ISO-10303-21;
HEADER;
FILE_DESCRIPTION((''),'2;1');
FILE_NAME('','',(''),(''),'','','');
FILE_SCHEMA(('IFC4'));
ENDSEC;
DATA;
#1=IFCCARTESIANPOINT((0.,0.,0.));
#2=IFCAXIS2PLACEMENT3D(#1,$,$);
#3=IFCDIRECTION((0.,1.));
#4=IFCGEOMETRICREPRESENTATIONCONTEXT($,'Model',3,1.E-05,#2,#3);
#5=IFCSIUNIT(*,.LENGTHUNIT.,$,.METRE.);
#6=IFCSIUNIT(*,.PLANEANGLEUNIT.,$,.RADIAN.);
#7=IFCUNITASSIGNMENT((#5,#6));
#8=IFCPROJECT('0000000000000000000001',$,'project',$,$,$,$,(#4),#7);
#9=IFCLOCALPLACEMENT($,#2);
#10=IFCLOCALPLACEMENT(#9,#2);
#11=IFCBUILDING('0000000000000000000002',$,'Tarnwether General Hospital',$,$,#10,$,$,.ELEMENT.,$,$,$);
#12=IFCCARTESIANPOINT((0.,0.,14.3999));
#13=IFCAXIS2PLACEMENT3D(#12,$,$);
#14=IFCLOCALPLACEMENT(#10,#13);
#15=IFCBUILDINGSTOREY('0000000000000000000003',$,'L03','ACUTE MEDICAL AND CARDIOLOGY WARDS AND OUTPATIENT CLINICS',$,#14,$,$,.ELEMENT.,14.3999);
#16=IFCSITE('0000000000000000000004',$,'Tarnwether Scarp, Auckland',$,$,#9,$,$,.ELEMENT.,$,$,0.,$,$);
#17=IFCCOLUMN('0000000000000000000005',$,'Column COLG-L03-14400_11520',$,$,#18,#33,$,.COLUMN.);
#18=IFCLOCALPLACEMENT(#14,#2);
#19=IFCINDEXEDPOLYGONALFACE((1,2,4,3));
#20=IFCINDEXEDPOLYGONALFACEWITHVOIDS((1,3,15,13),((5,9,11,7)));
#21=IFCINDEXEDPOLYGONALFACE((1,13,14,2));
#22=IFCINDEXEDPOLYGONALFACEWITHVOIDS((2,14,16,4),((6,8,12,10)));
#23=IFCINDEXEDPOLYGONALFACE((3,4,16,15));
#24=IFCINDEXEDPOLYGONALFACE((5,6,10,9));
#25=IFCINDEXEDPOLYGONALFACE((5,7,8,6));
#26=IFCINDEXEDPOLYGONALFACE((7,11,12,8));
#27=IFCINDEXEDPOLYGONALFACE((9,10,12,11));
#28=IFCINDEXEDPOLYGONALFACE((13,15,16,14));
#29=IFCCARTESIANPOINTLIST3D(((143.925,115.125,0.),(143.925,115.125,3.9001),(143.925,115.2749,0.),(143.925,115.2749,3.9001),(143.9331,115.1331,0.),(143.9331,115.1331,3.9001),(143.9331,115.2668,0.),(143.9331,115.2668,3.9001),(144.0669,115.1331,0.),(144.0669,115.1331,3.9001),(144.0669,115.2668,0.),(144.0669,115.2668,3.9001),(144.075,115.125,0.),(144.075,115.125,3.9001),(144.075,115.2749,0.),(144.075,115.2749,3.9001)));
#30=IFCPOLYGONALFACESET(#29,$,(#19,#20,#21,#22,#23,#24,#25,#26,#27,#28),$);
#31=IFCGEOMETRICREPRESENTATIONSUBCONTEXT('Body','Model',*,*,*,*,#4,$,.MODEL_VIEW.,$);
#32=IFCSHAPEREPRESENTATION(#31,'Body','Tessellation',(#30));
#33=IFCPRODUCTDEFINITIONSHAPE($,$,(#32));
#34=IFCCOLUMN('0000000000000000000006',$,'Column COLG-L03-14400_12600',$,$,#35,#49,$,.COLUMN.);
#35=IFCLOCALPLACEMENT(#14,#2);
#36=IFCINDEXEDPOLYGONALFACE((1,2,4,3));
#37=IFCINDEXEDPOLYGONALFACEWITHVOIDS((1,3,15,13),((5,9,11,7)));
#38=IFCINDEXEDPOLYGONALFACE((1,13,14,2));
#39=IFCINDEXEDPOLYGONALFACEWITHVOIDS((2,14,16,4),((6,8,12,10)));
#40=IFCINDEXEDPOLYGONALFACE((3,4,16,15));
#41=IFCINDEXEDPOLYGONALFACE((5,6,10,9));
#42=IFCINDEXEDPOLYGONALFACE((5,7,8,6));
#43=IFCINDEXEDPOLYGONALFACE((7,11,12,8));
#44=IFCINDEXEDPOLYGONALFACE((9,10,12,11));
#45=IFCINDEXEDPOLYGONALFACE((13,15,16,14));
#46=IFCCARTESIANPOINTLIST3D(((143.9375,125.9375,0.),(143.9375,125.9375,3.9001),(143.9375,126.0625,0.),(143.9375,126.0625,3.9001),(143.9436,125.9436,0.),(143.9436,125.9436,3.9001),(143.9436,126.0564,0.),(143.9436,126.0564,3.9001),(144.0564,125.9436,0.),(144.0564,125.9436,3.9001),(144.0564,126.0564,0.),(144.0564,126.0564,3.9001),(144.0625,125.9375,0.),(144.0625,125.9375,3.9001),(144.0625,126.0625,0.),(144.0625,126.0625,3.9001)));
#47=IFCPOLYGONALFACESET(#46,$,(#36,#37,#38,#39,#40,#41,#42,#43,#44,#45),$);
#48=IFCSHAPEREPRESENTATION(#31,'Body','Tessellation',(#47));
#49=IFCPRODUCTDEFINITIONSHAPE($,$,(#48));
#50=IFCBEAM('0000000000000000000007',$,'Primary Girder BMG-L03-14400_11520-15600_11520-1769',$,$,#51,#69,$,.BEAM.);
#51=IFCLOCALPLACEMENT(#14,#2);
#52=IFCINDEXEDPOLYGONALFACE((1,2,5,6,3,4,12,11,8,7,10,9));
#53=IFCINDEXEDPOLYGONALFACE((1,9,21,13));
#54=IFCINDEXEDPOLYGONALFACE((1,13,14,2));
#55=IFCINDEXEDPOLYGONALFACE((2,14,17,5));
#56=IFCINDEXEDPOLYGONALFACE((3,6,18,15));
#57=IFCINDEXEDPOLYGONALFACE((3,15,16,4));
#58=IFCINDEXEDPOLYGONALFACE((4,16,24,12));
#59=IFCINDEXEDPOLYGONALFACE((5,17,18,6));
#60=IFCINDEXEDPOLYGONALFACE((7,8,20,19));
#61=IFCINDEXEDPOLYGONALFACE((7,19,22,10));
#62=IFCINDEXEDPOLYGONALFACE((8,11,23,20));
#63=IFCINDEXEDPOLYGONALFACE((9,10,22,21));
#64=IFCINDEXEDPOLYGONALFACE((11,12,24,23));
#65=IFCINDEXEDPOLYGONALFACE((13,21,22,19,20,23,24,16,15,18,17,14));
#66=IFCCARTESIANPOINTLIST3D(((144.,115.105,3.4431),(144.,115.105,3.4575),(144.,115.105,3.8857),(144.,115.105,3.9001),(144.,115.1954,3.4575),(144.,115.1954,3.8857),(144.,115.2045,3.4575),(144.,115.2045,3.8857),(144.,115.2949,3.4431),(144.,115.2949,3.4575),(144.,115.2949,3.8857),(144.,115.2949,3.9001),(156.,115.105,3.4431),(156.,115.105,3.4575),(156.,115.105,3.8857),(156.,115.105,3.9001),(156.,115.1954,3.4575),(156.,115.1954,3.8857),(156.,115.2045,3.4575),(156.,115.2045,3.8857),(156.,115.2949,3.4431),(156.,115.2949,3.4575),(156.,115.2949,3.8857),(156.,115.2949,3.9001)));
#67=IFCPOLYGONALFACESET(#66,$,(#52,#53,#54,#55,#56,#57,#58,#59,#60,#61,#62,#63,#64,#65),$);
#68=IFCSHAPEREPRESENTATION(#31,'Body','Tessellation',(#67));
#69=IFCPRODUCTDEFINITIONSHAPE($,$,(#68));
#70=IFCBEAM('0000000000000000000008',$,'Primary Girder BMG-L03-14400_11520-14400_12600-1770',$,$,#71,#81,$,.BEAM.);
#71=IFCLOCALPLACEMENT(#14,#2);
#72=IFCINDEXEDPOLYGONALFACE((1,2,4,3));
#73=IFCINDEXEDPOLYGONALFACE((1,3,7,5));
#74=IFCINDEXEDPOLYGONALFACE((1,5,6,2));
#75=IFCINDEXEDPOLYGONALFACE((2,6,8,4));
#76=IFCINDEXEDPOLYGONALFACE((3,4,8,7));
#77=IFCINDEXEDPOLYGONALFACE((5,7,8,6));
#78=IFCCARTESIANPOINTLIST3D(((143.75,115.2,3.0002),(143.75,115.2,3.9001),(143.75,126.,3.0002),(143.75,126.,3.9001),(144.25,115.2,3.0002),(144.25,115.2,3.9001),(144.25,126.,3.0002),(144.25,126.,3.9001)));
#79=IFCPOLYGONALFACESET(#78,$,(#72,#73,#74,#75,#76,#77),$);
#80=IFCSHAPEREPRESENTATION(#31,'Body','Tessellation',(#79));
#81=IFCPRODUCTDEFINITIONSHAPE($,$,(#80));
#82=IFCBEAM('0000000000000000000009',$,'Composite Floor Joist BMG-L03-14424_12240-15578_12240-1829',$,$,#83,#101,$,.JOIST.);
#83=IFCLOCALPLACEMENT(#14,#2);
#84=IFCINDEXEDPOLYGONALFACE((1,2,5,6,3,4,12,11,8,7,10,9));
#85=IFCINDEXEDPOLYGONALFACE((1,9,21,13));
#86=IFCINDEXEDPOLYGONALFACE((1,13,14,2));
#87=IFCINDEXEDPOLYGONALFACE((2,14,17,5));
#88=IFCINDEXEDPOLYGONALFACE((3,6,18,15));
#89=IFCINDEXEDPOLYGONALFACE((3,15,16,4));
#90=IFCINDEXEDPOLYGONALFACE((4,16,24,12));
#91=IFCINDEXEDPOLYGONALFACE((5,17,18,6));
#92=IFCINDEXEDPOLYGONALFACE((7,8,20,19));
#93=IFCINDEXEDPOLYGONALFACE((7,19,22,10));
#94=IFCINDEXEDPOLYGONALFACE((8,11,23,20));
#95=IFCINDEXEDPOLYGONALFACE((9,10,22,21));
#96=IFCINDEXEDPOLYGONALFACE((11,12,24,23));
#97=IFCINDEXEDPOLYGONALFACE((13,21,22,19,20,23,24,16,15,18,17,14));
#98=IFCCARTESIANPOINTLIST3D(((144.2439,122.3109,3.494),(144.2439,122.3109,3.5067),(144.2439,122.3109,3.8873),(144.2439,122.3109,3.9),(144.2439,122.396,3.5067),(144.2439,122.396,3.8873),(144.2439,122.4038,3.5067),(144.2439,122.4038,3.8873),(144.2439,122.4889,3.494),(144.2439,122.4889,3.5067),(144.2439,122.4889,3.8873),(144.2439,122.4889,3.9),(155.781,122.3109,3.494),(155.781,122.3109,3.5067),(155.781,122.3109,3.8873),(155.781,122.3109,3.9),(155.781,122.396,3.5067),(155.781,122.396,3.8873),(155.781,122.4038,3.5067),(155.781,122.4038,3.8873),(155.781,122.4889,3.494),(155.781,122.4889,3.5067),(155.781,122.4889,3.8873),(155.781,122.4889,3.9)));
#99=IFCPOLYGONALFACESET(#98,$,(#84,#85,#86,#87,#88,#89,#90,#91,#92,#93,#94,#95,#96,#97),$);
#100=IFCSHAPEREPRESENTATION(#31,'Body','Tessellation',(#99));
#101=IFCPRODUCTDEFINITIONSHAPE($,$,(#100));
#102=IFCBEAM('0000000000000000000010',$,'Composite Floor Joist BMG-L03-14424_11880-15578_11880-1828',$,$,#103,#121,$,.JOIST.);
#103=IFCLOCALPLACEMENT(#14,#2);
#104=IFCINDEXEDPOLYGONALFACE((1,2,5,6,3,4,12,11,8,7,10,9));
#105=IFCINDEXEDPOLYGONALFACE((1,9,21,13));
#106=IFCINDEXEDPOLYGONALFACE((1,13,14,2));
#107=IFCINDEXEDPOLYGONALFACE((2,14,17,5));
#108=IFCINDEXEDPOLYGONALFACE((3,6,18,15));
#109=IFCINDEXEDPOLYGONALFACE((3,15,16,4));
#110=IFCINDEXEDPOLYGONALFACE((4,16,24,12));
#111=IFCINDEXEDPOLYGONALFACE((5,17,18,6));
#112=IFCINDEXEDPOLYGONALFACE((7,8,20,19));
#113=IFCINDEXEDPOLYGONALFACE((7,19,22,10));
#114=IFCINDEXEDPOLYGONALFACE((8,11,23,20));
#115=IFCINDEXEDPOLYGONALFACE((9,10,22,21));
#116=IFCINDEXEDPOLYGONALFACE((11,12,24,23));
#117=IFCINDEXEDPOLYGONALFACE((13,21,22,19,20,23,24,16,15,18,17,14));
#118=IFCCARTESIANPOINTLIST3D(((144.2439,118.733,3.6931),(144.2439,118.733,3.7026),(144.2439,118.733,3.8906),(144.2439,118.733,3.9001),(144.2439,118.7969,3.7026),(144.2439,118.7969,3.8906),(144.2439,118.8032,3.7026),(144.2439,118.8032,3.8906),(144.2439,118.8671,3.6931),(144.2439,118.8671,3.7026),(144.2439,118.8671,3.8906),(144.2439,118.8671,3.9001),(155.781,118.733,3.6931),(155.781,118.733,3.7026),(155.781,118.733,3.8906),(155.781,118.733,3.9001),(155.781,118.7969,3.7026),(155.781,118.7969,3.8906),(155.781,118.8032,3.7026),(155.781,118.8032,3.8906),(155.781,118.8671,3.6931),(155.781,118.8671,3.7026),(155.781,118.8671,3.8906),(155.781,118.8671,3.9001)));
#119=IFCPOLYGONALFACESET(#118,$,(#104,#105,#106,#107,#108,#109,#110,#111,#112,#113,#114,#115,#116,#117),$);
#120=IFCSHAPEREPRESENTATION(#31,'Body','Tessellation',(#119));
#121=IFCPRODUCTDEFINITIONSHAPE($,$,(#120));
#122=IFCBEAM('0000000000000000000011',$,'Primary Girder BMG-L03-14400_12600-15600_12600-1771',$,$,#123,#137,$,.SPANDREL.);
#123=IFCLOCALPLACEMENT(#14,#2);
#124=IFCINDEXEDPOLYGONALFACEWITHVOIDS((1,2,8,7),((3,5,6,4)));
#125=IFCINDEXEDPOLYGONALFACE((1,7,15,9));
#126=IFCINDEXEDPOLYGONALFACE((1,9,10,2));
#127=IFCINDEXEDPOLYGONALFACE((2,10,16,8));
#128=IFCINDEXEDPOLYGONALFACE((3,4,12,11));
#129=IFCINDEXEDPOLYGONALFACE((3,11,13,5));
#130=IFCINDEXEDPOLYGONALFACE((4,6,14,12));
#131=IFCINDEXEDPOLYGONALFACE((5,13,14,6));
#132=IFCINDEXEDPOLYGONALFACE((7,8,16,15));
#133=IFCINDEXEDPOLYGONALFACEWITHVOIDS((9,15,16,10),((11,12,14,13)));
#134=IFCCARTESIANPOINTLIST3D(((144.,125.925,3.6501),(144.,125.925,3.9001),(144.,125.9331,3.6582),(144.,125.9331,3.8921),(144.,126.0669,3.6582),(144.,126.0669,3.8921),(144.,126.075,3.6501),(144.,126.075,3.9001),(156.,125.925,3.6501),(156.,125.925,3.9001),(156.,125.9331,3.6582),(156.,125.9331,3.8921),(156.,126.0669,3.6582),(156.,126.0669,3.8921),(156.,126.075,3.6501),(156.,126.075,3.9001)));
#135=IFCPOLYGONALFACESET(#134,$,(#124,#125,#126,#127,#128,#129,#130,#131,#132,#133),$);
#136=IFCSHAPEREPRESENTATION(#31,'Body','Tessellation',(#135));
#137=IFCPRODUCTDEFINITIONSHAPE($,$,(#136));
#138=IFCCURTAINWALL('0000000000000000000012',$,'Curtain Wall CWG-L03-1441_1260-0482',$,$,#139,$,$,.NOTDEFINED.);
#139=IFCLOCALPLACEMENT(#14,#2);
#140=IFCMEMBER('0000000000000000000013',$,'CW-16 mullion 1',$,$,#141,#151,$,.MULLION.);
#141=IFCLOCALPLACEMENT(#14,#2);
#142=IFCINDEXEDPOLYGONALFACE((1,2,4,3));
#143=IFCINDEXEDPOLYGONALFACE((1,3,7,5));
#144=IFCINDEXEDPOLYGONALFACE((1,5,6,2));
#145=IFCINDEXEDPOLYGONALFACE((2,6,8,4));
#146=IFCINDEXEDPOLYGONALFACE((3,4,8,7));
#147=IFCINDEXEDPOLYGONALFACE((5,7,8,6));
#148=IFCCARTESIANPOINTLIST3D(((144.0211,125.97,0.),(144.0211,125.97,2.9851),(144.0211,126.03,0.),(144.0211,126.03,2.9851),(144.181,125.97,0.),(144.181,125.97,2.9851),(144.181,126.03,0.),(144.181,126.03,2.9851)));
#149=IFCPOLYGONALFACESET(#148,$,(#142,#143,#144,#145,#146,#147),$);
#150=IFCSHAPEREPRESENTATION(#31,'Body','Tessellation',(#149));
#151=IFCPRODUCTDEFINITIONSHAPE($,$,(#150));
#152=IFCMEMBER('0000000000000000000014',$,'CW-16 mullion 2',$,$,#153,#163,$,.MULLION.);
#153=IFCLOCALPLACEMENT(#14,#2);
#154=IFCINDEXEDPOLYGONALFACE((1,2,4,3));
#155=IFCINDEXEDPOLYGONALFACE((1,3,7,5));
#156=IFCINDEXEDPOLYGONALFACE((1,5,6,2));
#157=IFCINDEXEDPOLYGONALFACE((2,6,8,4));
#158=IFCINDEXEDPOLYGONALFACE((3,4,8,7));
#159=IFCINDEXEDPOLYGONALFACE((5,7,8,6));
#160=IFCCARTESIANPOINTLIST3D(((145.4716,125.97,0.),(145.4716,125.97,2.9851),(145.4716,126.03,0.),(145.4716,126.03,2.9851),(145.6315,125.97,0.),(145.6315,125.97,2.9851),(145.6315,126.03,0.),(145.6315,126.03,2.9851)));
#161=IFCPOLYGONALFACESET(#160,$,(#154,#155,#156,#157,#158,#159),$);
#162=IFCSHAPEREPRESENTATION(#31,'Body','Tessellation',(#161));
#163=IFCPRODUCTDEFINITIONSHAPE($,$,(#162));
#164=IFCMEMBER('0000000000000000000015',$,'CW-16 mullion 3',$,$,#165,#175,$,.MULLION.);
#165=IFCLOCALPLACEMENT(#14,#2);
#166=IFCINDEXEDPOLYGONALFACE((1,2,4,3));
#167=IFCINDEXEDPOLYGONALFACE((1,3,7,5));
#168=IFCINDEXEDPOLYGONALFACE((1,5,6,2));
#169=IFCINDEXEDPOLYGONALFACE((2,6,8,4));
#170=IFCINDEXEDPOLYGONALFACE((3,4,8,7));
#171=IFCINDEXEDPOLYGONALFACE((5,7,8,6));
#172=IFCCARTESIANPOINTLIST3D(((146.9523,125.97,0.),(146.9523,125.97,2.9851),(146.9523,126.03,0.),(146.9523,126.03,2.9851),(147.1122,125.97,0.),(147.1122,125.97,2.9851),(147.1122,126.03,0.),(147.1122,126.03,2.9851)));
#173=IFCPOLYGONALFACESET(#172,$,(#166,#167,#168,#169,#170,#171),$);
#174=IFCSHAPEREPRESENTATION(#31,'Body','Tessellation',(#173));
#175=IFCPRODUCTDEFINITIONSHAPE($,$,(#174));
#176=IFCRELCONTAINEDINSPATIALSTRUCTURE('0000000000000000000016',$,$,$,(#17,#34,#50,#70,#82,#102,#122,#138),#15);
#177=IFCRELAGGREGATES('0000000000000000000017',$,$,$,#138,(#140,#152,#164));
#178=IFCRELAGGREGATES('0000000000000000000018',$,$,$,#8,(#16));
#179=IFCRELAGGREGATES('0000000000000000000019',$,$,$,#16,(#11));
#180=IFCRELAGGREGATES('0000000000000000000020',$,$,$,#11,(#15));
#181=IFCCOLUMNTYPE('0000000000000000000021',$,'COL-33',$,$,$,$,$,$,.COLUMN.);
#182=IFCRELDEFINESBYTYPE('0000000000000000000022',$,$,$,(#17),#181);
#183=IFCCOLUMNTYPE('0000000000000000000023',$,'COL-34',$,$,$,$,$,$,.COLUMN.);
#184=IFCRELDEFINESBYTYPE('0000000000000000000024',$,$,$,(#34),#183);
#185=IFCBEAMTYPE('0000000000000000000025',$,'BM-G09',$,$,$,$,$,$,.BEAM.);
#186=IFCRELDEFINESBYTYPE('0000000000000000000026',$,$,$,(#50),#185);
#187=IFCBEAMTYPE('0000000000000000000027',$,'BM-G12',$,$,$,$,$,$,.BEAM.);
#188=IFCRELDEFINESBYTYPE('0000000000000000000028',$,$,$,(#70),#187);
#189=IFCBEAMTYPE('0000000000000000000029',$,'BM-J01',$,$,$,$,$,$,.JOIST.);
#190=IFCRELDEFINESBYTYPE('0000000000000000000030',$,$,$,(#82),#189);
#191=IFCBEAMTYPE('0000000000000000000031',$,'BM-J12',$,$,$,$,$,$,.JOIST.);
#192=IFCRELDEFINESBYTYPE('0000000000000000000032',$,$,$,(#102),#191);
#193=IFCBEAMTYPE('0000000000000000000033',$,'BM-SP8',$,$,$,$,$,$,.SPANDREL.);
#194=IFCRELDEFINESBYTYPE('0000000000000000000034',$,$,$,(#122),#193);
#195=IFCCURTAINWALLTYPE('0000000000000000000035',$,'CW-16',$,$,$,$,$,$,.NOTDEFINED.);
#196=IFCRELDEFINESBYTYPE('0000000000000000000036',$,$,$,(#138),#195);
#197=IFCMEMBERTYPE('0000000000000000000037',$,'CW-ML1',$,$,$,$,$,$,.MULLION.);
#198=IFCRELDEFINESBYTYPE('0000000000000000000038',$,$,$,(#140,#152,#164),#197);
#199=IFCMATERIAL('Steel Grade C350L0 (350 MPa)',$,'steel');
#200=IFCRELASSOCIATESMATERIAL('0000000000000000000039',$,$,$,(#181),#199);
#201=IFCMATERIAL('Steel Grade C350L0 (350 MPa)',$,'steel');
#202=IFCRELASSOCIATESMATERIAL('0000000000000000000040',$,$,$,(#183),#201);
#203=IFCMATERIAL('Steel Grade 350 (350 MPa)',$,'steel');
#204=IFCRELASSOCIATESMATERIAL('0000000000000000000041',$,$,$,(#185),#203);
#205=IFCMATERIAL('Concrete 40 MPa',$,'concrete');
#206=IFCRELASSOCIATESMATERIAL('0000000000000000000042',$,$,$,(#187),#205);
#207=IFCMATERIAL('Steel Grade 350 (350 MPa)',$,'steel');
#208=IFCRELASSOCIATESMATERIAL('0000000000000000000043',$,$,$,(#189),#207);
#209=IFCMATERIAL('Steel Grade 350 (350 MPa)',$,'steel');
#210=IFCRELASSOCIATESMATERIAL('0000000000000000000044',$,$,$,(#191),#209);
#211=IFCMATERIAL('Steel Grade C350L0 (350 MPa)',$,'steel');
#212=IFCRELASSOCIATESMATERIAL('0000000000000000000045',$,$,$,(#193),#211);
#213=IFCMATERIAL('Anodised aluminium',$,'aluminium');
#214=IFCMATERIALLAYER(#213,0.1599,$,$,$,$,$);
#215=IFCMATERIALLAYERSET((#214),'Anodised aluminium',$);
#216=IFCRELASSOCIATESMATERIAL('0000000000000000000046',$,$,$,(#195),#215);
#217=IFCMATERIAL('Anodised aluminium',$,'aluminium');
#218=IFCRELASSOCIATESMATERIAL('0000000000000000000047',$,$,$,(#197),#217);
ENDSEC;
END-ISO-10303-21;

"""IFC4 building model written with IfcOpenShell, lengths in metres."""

from ifc_helpers import new_model, si_unit, direction, frame, origin, origin_2d, place, context, subcontext, project, spatial, rectangle, hollow_rectangle, i_section, extrude, material, layer, layer_set, material_profile, profile_set, type_object, element, aggregate, save


model = new_model("IFC4")

# Units and contexts
model_context = context("Model", 3, precision=1e-05, world=origin(), true_north=direction((0.0, 1.0)))
body_context = subcontext(model_context, "Body", "Model", "MODEL_VIEW")
ifc_project = project(units=[si_unit("LENGTHUNIT", "METRE"), si_unit("PLANEANGLEUNIT", "RADIAN")], contexts=[model_context])

# Site, building, storey
site_placement = place(None, origin())
site = spatial("IfcSite", under=ifc_project, at=site_placement, Name="Tarnwether Scarp, Auckland", CompositionType="ELEMENT", RefElevation=0.0)
building_placement = place(site_placement, origin())
building = spatial("IfcBuilding", under=site, at=building_placement, Name="Tarnwether General Hospital", CompositionType="ELEMENT")
storey_placement = place(building_placement, frame((0.0, 0.0, 14.3999)))
storey = spatial("IfcBuildingStorey", under=building, at=storey_placement, Name="L03", Description="ACUTE MEDICAL AND CARDIOLOGY WARDS AND OUTPATIENT CLINICS", CompositionType="ELEMENT", Elevation=14.3999)

# Columns
ifc_material_1 = material(Name="Steel Grade C350L0 (350 MPa)", Category="steel")
ifc_material_profile_1 = material_profile(ifc_material_1, hollow_rectangle(XDim=0.1499, YDim=0.1499, WallThickness=0.0081, at=origin_2d()), Name="SHS150x150x8")
ifc_profile_set_1 = profile_set([ifc_material_profile_1], Name="Steel Grade C350L0 (350 MPa)")
column_type_1 = type_object("IfcColumnType", Name="COL-33", PredefinedType="COLUMN", material=ifc_profile_set_1)
column_1_placement = place(storey_placement, frame((144.0, 115.2, 0.0), z_axis=(0.0, 0.0, 1.0), x_axis=(1.0, 0.0, 0.0)))
element("IfcColumn", 1, at=column_1_placement, inside=storey, type_object=column_type_1, Name="Column COLG-L03-14400_11520", PredefinedType="COLUMN", context=body_context, shape_type="SweptSolid", body=[
    extrude(hollow_rectangle(XDim=0.1499, YDim=0.1499, WallThickness=0.0081, at=origin_2d()), origin(), (0.0, 0.0, 1.0), 3.9001),
])
ifc_material_2 = material(Name="Steel Grade C350L0 (350 MPa)", Category="steel")
ifc_material_profile_2 = material_profile(ifc_material_2, hollow_rectangle(XDim=0.125, YDim=0.125, WallThickness=0.0061, at=origin_2d()), Name="SHS125x125x6")
ifc_profile_set_2 = profile_set([ifc_material_profile_2], Name="Steel Grade C350L0 (350 MPa)")
column_type_2 = type_object("IfcColumnType", Name="COL-34", PredefinedType="COLUMN", material=ifc_profile_set_2)
column_2_placement = place(storey_placement, frame((144.0, 126.0, 0.0), z_axis=(0.0, 0.0, 1.0), x_axis=(1.0, 0.0, 0.0)))
element("IfcColumn", 2, at=column_2_placement, inside=storey, type_object=column_type_2, Name="Column COLG-L03-14400_12600", PredefinedType="COLUMN", context=body_context, shape_type="SweptSolid", body=[
    extrude(hollow_rectangle(XDim=0.125, YDim=0.125, WallThickness=0.0061, at=origin_2d()), origin(), (0.0, 0.0, 1.0), 3.9001),
])

# Beams
ifc_material_3 = material(Name="Steel Grade 350 (350 MPa)", Category="steel")
ifc_material_profile_3 = material_profile(ifc_material_3, i_section(OverallWidth=0.1899, OverallDepth=0.457, WebThickness=0.009, FlangeThickness=0.0144, at=origin_2d()), Name="460UB74.6")
ifc_profile_set_3 = profile_set([ifc_material_profile_3], Name="Steel Grade 350 (350 MPa)")
beam_type_1 = type_object("IfcBeamType", Name="BM-G09", PredefinedType="BEAM", material=ifc_profile_set_3)
beam_1_placement = place(storey_placement, frame((144.0, 115.2, 3.6716), z_axis=(1.0, 0.0, 0.0), x_axis=(0.0, 1.0, 0.0)))
element("IfcBeam", 3, at=beam_1_placement, inside=storey, type_object=beam_type_1, Name="Primary Girder BMG-L03-14400_11520-15600_11520-1769", PredefinedType="BEAM", context=body_context, shape_type="SweptSolid", body=[
    extrude(i_section(OverallWidth=0.1899, OverallDepth=0.457, WebThickness=0.009, FlangeThickness=0.0144, at=origin_2d()), origin(), (0.0, 0.0, 1.0), 12.0),
])
ifc_material_4 = material(Name="Concrete 40 MPa", Category="concrete")
ifc_material_profile_4 = material_profile(ifc_material_4, rectangle(XDim=0.5, YDim=0.8999, at=origin_2d()), Name="RC-BM-500x900")
ifc_profile_set_4 = profile_set([ifc_material_profile_4], Name="Concrete 40 MPa")
beam_type_2 = type_object("IfcBeamType", Name="BM-G12", PredefinedType="BEAM", material=ifc_profile_set_4)
beam_2_placement = place(storey_placement, frame((144.0, 115.2, 3.4502), z_axis=(0.0, 1.0, 0.0), x_axis=(-1.0, 0.0, 0.0)))
element("IfcBeam", 4, at=beam_2_placement, inside=storey, type_object=beam_type_2, Name="Primary Girder BMG-L03-14400_11520-14400_12600-1770", PredefinedType="BEAM", context=body_context, shape_type="SweptSolid", body=[
    extrude(rectangle(XDim=0.5, YDim=0.8999, at=origin_2d()), origin(), (0.0, 0.0, 1.0), 10.8),
])
ifc_material_5 = material(Name="Steel Grade 350 (350 MPa)", Category="steel")
ifc_material_profile_5 = material_profile(ifc_material_5, i_section(OverallWidth=0.178, OverallDepth=0.406, WebThickness=0.0078, FlangeThickness=0.0127, at=origin_2d()), Name="410UB59.7")
ifc_profile_set_5 = profile_set([ifc_material_profile_5], Name="Steel Grade 350 (350 MPa)")
beam_type_3 = type_object("IfcBeamType", Name="BM-J01", PredefinedType="JOIST", material=ifc_profile_set_5)
beam_3_placement = place(storey_placement, frame((144.2439, 122.3999, 3.697), z_axis=(1.0, 0.0, 0.0), x_axis=(0.0, 1.0, 0.0)))
element("IfcBeam", 5, at=beam_3_placement, inside=storey, type_object=beam_type_3, Name="Composite Floor Joist BMG-L03-14424_12240-15578_12240-1829", PredefinedType="JOIST", context=body_context, shape_type="SweptSolid", body=[
    extrude(i_section(OverallWidth=0.178, OverallDepth=0.406, WebThickness=0.0078, FlangeThickness=0.0127, at=origin_2d()), origin(), (0.0, 0.0, 1.0), 11.5371),
])
ifc_material_6 = material(Name="Steel Grade 350 (350 MPa)", Category="steel")
ifc_material_profile_6 = material_profile(ifc_material_6, i_section(OverallWidth=0.134, OverallDepth=0.207, WebThickness=0.0063, FlangeThickness=0.0095, at=origin_2d()), Name="200UB29.8")
ifc_profile_set_6 = profile_set([ifc_material_profile_6], Name="Steel Grade 350 (350 MPa)")
beam_type_4 = type_object("IfcBeamType", Name="BM-J12", PredefinedType="JOIST", material=ifc_profile_set_6)
beam_4_placement = place(storey_placement, frame((144.2439, 118.8, 3.7966), z_axis=(1.0, 0.0, 0.0), x_axis=(0.0, 1.0, 0.0)))
element("IfcBeam", 6, at=beam_4_placement, inside=storey, type_object=beam_type_4, Name="Composite Floor Joist BMG-L03-14424_11880-15578_11880-1828", PredefinedType="JOIST", context=body_context, shape_type="SweptSolid", body=[
    extrude(i_section(OverallWidth=0.134, OverallDepth=0.207, WebThickness=0.0063, FlangeThickness=0.0095, at=origin_2d()), origin(), (0.0, 0.0, 1.0), 11.5371),
])
ifc_material_7 = material(Name="Steel Grade C350L0 (350 MPa)", Category="steel")
ifc_material_profile_7 = material_profile(ifc_material_7, hollow_rectangle(XDim=0.1499, YDim=0.25, WallThickness=0.0081, at=origin_2d()), Name="RHS250x150x8")
ifc_profile_set_7 = profile_set([ifc_material_profile_7], Name="Steel Grade C350L0 (350 MPa)")
beam_type_5 = type_object("IfcBeamType", Name="BM-SP8", PredefinedType="SPANDREL", material=ifc_profile_set_7)
beam_5_placement = place(storey_placement, frame((144.0, 126.0, 3.7751), z_axis=(1.0, 0.0, 0.0), x_axis=(0.0, 1.0, 0.0)))
element("IfcBeam", 7, at=beam_5_placement, inside=storey, type_object=beam_type_5, Name="Primary Girder BMG-L03-14400_12600-15600_12600-1771", PredefinedType="SPANDREL", context=body_context, shape_type="SweptSolid", body=[
    extrude(hollow_rectangle(XDim=0.1499, YDim=0.25, WallThickness=0.0081, at=origin_2d()), origin(), (0.0, 0.0, 1.0), 12.0),
])

# Curtain wall, members
ifc_material_8 = material(Name="Anodised aluminium", Category="aluminium")
ifc_layer_1 = layer(ifc_material_8, 0.1599)
ifc_layer_set_1 = layer_set([ifc_layer_1], Name="Anodised aluminium")
curtain_wall_type = type_object("IfcCurtainWallType", Name="CW-16", PredefinedType="NOTDEFINED", material=ifc_layer_set_1)
curtain_wall_placement = place(storey_placement, origin())
curtain_wall = element("IfcCurtainWall", 8, at=curtain_wall_placement, inside=storey, type_object=curtain_wall_type, Name="Curtain Wall CWG-L03-1441_1260-0482", PredefinedType="NOTDEFINED")
ifc_material_9 = material(Name="Anodised aluminium", Category="aluminium")
ifc_material_profile_8 = material_profile(ifc_material_9, rectangle(XDim=0.0601, YDim=0.1599, at=origin_2d()), Name="ALU-MUL-60x160")
ifc_profile_set_8 = profile_set([ifc_material_profile_8], Name="Anodised aluminium")
member_type_1 = type_object("IfcMemberType", Name="CW-ML1", PredefinedType="MULLION", material=ifc_profile_set_8)
member_1_placement = place(storey_placement, frame((144.1011, 126.0, 0.0), z_axis=(0.0, 0.0, 1.0), x_axis=(0.0, 1.0, 0.0)))
member_1 = element("IfcMember", 9, at=member_1_placement, type_object=member_type_1, Name="CW-16 mullion 1", PredefinedType="MULLION", context=body_context, shape_type="SweptSolid", body=[
    extrude(rectangle(XDim=0.0601, YDim=0.1599, at=origin_2d()), origin(), (0.0, 0.0, 1.0), 2.9851),
])
member_2_placement = place(storey_placement, frame((145.5515, 126.0, 0.0), z_axis=(0.0, 0.0, 1.0), x_axis=(0.0, 1.0, 0.0)))
member_2 = element("IfcMember", 10, at=member_2_placement, type_object=member_type_1, Name="CW-16 mullion 2", PredefinedType="MULLION", context=body_context, shape_type="SweptSolid", body=[
    extrude(rectangle(XDim=0.0601, YDim=0.1599, at=origin_2d()), origin(), (0.0, 0.0, 1.0), 2.9851),
])
member_3_placement = place(storey_placement, frame((147.0322, 126.0, 0.0), z_axis=(0.0, 0.0, 1.0), x_axis=(0.0, 1.0, 0.0)))
member_3 = element("IfcMember", 11, at=member_3_placement, type_object=member_type_1, Name="CW-16 mullion 3", PredefinedType="MULLION", context=body_context, shape_type="SweptSolid", body=[
    extrude(rectangle(XDim=0.0601, YDim=0.1599, at=origin_2d()), origin(), (0.0, 0.0, 1.0), 2.9851),
])
aggregate(curtain_wall, [member_1, member_2, member_3])

save(model, "model.ifc")
